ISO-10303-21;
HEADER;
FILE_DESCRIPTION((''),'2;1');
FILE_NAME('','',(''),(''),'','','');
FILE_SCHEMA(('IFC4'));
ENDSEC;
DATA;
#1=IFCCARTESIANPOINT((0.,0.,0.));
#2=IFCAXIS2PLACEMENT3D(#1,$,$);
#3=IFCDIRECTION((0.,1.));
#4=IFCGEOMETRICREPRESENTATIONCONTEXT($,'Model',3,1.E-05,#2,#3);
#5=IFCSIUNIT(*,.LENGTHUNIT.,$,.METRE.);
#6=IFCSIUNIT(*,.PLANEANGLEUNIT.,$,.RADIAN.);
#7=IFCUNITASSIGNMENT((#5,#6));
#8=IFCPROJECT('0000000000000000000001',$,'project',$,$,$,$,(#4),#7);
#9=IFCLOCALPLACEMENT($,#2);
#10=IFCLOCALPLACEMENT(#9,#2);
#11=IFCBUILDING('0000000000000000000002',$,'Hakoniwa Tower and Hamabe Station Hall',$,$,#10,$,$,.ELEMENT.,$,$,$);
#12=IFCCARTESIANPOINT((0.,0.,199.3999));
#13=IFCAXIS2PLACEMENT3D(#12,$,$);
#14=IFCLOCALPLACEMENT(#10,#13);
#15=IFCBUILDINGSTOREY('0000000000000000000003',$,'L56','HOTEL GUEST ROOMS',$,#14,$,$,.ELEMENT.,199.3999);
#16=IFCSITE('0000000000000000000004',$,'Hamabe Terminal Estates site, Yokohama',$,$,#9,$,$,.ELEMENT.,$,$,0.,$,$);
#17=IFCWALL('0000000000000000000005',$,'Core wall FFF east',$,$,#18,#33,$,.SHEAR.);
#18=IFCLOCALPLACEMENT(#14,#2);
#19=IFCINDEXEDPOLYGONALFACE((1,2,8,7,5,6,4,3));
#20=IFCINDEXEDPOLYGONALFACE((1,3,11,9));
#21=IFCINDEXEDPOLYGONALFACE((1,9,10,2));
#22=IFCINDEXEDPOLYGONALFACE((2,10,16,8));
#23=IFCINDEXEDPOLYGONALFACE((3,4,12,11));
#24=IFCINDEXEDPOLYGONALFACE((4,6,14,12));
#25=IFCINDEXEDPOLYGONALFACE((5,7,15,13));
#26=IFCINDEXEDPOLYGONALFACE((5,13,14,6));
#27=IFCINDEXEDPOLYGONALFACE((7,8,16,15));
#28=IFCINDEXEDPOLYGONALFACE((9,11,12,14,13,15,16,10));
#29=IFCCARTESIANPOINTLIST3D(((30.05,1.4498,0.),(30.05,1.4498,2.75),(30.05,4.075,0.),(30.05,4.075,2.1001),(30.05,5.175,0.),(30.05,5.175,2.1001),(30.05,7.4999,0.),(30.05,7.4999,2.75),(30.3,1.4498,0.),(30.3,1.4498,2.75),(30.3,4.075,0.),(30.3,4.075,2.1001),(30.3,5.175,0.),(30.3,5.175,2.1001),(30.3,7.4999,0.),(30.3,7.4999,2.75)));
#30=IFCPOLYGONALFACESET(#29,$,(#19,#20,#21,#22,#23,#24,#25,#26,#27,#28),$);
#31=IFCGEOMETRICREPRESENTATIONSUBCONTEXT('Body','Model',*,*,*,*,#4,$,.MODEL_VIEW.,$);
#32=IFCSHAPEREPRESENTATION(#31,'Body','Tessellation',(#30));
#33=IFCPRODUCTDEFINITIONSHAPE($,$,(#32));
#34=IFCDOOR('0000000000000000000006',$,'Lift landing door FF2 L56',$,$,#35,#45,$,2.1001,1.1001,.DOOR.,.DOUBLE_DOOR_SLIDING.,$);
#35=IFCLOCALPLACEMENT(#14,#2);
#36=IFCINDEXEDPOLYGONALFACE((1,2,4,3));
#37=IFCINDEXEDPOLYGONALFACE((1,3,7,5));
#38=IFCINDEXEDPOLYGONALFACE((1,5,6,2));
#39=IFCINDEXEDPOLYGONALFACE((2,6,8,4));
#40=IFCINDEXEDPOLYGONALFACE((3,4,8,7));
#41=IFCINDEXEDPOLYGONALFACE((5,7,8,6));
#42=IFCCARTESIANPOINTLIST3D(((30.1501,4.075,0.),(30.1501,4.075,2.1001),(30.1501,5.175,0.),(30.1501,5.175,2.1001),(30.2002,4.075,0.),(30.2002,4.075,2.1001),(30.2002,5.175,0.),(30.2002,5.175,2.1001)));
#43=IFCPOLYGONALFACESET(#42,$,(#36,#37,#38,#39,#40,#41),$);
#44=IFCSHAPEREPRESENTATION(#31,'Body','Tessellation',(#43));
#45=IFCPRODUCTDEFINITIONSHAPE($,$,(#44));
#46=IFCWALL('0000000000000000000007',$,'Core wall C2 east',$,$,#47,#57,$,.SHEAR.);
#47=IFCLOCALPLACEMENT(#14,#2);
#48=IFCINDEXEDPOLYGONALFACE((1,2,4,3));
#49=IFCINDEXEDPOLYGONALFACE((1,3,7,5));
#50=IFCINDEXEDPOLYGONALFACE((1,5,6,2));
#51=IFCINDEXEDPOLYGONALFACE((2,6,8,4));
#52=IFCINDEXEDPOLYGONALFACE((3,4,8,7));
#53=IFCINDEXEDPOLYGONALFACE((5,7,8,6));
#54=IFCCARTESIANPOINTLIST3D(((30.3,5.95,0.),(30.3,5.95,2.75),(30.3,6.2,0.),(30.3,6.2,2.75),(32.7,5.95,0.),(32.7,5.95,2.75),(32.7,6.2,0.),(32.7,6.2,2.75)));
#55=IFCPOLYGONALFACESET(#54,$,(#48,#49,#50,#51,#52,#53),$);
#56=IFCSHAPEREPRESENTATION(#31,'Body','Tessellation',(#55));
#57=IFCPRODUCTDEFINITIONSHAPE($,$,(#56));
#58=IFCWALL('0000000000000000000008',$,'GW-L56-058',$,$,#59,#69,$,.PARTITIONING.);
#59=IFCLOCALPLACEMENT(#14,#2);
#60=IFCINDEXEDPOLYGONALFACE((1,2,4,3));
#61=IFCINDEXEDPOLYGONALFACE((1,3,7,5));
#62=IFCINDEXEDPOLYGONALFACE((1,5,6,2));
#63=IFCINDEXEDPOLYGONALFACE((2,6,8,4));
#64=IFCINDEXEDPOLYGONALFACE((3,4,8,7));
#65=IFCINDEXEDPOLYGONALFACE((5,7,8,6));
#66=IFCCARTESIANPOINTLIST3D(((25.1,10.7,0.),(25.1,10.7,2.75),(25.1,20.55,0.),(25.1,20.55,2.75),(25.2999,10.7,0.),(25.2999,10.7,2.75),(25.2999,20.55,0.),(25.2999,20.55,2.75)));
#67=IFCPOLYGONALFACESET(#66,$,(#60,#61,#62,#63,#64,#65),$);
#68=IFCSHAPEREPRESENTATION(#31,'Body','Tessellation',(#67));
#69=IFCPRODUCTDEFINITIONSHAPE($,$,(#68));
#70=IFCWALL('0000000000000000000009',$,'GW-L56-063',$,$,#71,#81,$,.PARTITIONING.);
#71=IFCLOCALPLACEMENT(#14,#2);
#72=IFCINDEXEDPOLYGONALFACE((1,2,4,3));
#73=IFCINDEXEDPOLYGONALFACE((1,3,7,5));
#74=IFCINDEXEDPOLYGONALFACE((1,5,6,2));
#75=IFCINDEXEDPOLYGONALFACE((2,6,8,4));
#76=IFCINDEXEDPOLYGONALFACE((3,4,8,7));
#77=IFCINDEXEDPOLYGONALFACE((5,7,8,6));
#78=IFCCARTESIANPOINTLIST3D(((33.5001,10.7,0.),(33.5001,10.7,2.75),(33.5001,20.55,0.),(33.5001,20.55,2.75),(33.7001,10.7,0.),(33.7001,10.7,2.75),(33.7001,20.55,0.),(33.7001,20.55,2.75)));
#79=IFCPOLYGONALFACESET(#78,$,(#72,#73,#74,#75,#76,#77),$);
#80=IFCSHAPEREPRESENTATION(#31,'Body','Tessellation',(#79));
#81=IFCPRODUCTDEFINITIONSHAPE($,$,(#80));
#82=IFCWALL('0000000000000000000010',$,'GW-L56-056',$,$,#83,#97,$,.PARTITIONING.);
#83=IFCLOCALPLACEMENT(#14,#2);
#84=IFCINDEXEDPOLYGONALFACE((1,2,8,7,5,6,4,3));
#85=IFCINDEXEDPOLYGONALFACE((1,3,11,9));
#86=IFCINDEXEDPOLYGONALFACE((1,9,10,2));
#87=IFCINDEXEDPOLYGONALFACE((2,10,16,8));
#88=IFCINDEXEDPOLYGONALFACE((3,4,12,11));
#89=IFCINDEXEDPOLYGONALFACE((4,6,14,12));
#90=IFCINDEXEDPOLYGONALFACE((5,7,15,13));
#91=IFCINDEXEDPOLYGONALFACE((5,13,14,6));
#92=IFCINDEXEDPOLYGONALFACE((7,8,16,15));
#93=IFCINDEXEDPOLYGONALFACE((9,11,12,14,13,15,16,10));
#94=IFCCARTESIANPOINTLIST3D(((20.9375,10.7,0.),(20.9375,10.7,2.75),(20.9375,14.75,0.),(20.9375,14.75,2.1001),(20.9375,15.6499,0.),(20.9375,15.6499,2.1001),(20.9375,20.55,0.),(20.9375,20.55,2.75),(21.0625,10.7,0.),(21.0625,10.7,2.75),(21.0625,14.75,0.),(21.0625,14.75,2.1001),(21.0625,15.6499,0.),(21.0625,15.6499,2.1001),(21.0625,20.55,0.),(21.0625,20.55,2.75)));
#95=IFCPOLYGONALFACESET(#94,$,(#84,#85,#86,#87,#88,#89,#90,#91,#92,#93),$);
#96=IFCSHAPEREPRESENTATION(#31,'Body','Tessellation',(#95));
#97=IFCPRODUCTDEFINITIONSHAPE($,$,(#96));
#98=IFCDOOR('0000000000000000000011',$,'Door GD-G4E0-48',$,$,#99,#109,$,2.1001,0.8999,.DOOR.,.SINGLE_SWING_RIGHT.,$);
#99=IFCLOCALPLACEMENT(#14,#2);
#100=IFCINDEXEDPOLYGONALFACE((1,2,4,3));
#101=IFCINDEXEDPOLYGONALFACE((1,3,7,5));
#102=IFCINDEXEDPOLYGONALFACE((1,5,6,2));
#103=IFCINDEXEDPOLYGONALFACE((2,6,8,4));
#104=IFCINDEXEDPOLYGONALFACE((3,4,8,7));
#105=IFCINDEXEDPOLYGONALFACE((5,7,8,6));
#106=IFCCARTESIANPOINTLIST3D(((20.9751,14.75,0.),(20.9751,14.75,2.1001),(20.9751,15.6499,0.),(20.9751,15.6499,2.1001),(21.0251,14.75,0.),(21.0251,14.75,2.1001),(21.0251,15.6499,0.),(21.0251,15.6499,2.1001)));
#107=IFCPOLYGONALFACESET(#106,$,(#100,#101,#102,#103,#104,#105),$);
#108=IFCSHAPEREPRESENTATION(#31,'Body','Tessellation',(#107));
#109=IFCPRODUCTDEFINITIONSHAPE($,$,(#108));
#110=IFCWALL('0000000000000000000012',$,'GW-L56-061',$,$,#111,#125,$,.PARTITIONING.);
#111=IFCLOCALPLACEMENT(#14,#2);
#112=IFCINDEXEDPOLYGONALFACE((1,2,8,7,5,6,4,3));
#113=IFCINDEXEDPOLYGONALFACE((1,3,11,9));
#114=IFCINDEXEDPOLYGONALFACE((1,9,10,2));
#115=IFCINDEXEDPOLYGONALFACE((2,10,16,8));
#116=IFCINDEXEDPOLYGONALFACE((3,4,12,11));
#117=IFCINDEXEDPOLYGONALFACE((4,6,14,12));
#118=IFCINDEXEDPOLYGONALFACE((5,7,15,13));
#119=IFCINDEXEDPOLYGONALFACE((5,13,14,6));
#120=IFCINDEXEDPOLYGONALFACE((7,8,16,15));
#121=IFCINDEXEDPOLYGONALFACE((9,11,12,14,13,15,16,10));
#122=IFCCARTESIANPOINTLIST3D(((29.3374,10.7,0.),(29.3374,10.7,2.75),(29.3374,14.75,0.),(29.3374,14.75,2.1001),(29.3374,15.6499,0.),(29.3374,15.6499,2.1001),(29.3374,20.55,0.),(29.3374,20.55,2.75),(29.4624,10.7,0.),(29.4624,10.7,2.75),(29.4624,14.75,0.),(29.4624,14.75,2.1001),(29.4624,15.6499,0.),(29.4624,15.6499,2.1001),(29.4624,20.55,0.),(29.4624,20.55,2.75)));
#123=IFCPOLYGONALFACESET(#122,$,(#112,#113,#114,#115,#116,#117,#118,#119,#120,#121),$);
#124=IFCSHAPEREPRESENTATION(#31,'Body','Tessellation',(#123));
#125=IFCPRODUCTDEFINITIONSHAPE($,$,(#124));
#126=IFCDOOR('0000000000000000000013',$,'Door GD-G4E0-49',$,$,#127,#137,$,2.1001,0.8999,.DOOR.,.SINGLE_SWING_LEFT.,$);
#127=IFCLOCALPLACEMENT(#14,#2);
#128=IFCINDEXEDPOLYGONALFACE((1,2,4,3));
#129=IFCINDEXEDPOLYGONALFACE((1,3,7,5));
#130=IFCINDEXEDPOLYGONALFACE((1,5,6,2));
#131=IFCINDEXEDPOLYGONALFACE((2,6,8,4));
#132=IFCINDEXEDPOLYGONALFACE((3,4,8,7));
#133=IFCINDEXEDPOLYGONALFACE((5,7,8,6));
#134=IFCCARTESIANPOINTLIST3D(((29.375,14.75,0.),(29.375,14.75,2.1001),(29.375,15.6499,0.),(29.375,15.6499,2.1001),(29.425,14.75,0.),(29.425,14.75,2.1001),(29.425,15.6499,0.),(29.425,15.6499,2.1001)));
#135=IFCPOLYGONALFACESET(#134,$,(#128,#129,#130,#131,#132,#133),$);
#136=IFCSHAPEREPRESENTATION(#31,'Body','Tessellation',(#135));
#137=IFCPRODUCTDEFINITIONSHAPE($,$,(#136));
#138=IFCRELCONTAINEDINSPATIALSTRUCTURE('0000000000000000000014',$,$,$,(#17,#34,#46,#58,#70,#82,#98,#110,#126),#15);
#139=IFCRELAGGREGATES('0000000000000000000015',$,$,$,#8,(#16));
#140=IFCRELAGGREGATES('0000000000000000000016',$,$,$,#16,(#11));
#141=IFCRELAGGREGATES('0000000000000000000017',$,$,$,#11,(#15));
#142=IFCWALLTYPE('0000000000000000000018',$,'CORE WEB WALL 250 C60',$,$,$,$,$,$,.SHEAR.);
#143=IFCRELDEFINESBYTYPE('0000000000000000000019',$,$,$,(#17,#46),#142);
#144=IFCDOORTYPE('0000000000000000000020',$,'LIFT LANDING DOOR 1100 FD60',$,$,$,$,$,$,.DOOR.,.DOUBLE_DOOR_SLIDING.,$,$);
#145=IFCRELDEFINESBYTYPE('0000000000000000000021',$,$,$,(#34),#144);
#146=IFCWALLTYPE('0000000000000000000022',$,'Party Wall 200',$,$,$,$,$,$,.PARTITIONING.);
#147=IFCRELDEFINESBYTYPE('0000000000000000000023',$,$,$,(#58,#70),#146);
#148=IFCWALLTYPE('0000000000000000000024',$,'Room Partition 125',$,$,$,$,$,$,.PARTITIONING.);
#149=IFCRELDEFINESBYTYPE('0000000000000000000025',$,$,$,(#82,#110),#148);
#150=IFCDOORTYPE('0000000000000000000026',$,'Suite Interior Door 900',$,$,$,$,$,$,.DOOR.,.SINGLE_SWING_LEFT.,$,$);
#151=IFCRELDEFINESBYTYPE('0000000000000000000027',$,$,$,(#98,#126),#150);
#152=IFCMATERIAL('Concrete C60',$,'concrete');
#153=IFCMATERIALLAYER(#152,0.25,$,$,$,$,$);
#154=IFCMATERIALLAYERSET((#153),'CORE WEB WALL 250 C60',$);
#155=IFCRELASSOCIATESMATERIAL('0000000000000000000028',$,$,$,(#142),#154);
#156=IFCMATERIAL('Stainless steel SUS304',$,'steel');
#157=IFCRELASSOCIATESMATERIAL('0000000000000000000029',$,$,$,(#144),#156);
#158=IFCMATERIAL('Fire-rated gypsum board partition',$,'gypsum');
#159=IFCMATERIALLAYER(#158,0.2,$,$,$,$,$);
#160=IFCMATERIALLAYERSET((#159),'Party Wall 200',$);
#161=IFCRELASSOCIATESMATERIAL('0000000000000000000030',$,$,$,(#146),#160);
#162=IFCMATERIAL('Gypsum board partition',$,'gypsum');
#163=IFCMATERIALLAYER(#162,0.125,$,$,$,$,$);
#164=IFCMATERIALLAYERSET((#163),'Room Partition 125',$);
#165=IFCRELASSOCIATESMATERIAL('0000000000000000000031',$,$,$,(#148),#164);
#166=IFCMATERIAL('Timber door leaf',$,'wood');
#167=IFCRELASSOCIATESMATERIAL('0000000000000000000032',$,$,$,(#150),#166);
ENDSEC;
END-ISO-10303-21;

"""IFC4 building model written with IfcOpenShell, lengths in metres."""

from ifc_helpers import new_model, si_unit, direction, frame, frame_2d, origin, place, context, subcontext, project, spatial, rectangle, extrude, material, layer, layer_set, type_object, element, fill, save


model = new_model("IFC4")

# Units and contexts
model_context = context("Model", 3, precision=1e-05, world=origin(), true_north=direction((0.0, 1.0)))
body_context = subcontext(model_context, "Body", "Model", "MODEL_VIEW")
ifc_project = project(units=[si_unit("LENGTHUNIT", "METRE"), si_unit("PLANEANGLEUNIT", "RADIAN")], contexts=[model_context])

# Site, building, storey
site_placement = place(None, origin())
site = spatial("IfcSite", under=ifc_project, at=site_placement, Name="Hamabe Terminal Estates site, Yokohama", CompositionType="ELEMENT", RefElevation=0.0)
building_placement = place(site_placement, origin())
building = spatial("IfcBuilding", under=site, at=building_placement, Name="Hakoniwa Tower and Hamabe Station Hall", CompositionType="ELEMENT")
storey_placement = place(building_placement, frame((0.0, 0.0, 199.3999)))
storey = spatial("IfcBuildingStorey", under=building, at=storey_placement, Name="L56", Description="HOTEL GUEST ROOMS", CompositionType="ELEMENT", Elevation=199.3999)

# Shared definitions
ifc_material_1 = material(Name="Concrete C60", Category="concrete")
ifc_layer_1 = layer(ifc_material_1, 0.25)
ifc_layer_set_1 = layer_set([ifc_layer_1], Name="CORE WEB WALL 250 C60")
wall_type_1 = type_object("IfcWallType", Name="CORE WEB WALL 250 C60", PredefinedType="SHEAR", material=ifc_layer_set_1)

# Wall, opening, door
wall_1_placement = place(storey_placement, frame((30.175, 1.45, 0.0), z_axis=(0.0, 0.0, 1.0), x_axis=(0.0, 1.0, 0.0)))
wall_1 = element("IfcWall", 1, at=wall_1_placement, inside=storey, type_object=wall_type_1, Name="Core wall FFF east", PredefinedType="SHEAR", context=body_context, shape_type="SweptSolid", body=[
    extrude(rectangle(XDim=6.05, YDim=0.25, at=frame_2d((3.0249, 0.0))), origin(), (0.0, 0.0, 1.0), 2.75),
])
opening_1_placement = place(wall_1_placement, frame((2.625, 0.0, 0.0)))
opening_1 = element("IfcOpeningElement", 2, at=opening_1_placement, cuts=wall_1, PredefinedType="OPENING", context=body_context, shape_type="SweptSolid", body=[
    extrude(rectangle(XDim=1.1001, YDim=2.1001, at=frame_2d((0.55, 1.05))), frame((0.0, 0.135, 0.0), z_axis=(0.0, -1.0, 0.0), x_axis=(1.0, 0.0, 0.0)), (0.0, 0.0, 1.0), 0.27),
])
ifc_material_2 = material(Name="Stainless steel SUS304", Category="steel")
door_type_1 = type_object("IfcDoorType", Name="LIFT LANDING DOOR 1100 FD60", OperationType="DOUBLE_DOOR_SLIDING", PredefinedType="DOOR", material=ifc_material_2)
door_1_placement = place(opening_1_placement, origin())
door_1 = element("IfcDoor", 3, at=door_1_placement, inside=storey, type_object=door_type_1, Name="Lift landing door FF2 L56", OperationType="DOUBLE_DOOR_SLIDING", OverallHeight=2.1001, OverallWidth=1.1001, PredefinedType="DOOR", context=body_context, shape_type="SweptSolid", body=[
    extrude(rectangle(XDim=1.1001, YDim=2.1001, at=frame_2d((0.55, 1.05))), frame((0.0, 0.0249, 0.0), z_axis=(0.0, -1.0, 0.0), x_axis=(1.0, 0.0, 0.0)), (0.0, 0.0, 1.0), 0.05),
])
fill(opening_1, door_1)

# Walls
wall_2_placement = place(storey_placement, frame((30.3, 6.075, 0.0), z_axis=(0.0, 0.0, 1.0), x_axis=(1.0, 0.0, 0.0)))
element("IfcWall", 4, at=wall_2_placement, inside=storey, type_object=wall_type_1, Name="Core wall C2 east", PredefinedType="SHEAR", context=body_context, shape_type="SweptSolid", body=[
    extrude(rectangle(XDim=2.3999, YDim=0.25, at=frame_2d((1.2, 0.0))), origin(), (0.0, 0.0, 1.0), 2.75),
])
ifc_material_3 = material(Name="Fire-rated gypsum board partition", Category="gypsum")
ifc_layer_2 = layer(ifc_material_3, 0.2)
ifc_layer_set_2 = layer_set([ifc_layer_2], Name="Party Wall 200")
wall_type_2 = type_object("IfcWallType", Name="Party Wall 200", PredefinedType="PARTITIONING", material=ifc_layer_set_2)
for number, where, z_axis, x_axis, name in (
    (5, (25.2, 10.7, 0.0), (0.0, 0.0, 1.0), (0.0, 1.0, 0.0), "GW-L56-058"),
    (6, (33.6001, 10.7, 0.0), (0.0, 0.0, 1.0), (0.0, 1.0, 0.0), "GW-L56-063"),
):
    element("IfcWall", number, at=place(storey_placement, frame(where, z_axis=z_axis, x_axis=x_axis)), inside=storey, type_object=wall_type_2, Name=name, PredefinedType="PARTITIONING", context=body_context, shape_type="SweptSolid", body=[
        extrude(rectangle(XDim=9.8501, YDim=0.2, at=frame_2d((4.925, 0.0))), origin(), (0.0, 0.0, 1.0), 2.75),
    ])

# Walls, openings, doors
ifc_material_4 = material(Name="Gypsum board partition", Category="gypsum")
ifc_layer_3 = layer(ifc_material_4, 0.125)
ifc_layer_set_3 = layer_set([ifc_layer_3], Name="Room Partition 125")
wall_type_3 = type_object("IfcWallType", Name="Room Partition 125", PredefinedType="PARTITIONING", material=ifc_layer_set_3)
wall_3_placement = place(storey_placement, frame((21.0, 10.7, 0.0), z_axis=(0.0, 0.0, 1.0), x_axis=(0.0, 1.0, 0.0)))
wall_3 = element("IfcWall", 7, at=wall_3_placement, inside=storey, type_object=wall_type_3, Name="GW-L56-056", PredefinedType="PARTITIONING", context=body_context, shape_type="SweptSolid", body=[
    extrude(rectangle(XDim=9.8501, YDim=0.125, at=frame_2d((4.925, 0.0))), origin(), (0.0, 0.0, 1.0), 2.75),
])
opening_2_placement = place(wall_3_placement, frame((4.05, 0.0, 0.0)))
opening_2 = element("IfcOpeningElement", 8, at=opening_2_placement, cuts=wall_3, PredefinedType="OPENING", context=body_context, shape_type="SweptSolid", body=[
    extrude(rectangle(XDim=0.8999, YDim=2.1001, at=frame_2d((0.45, 1.05))), frame((0.0, 0.0725, 0.0), z_axis=(0.0, -1.0, 0.0), x_axis=(1.0, 0.0, 0.0)), (0.0, 0.0, 1.0), 0.145),
])
ifc_material_5 = material(Name="Timber door leaf", Category="wood")
door_type_2 = type_object("IfcDoorType", Name="Suite Interior Door 900", OperationType="SINGLE_SWING_LEFT", PredefinedType="DOOR", material=ifc_material_5)
door_2_placement = place(opening_2_placement, origin())
door_2 = element("IfcDoor", 9, at=door_2_placement, inside=storey, type_object=door_type_2, Name="Door GD-G4E0-48", OperationType="SINGLE_SWING_RIGHT", OverallHeight=2.1001, OverallWidth=0.8999, PredefinedType="DOOR", context=body_context, shape_type="SweptSolid", body=[
    extrude(rectangle(XDim=0.8999, YDim=2.1001, at=frame_2d((0.45, 1.05))), frame((0.0, 0.0249, 0.0), z_axis=(0.0, -1.0, 0.0), x_axis=(1.0, 0.0, 0.0)), (0.0, 0.0, 1.0), 0.05),
])
fill(opening_2, door_2)
wall_4_placement = place(storey_placement, frame((29.3999, 10.7, 0.0), z_axis=(0.0, 0.0, 1.0), x_axis=(0.0, 1.0, 0.0)))
wall_4 = element("IfcWall", 10, at=wall_4_placement, inside=storey, type_object=wall_type_3, Name="GW-L56-061", PredefinedType="PARTITIONING", context=body_context, shape_type="SweptSolid", body=[
    extrude(rectangle(XDim=9.8501, YDim=0.125, at=frame_2d((4.925, 0.0))), origin(), (0.0, 0.0, 1.0), 2.75),
])
opening_3_placement = place(wall_4_placement, frame((4.05, 0.0, 0.0)))
opening_3 = element("IfcOpeningElement", 11, at=opening_3_placement, cuts=wall_4, PredefinedType="OPENING", context=body_context, shape_type="SweptSolid", body=[
    extrude(rectangle(XDim=0.8999, YDim=2.1001, at=frame_2d((0.45, 1.05))), frame((0.0, 0.0725, 0.0), z_axis=(0.0, -1.0, 0.0), x_axis=(1.0, 0.0, 0.0)), (0.0, 0.0, 1.0), 0.145),
])
door_3_placement = place(opening_3_placement, origin())
door_3 = element("IfcDoor", 12, at=door_3_placement, inside=storey, type_object=door_type_2, Name="Door GD-G4E0-49", OperationType="SINGLE_SWING_LEFT", OverallHeight=2.1001, OverallWidth=0.8999, PredefinedType="DOOR", context=body_context, shape_type="SweptSolid", body=[
    extrude(rectangle(XDim=0.8999, YDim=2.1001, at=frame_2d((0.45, 1.05))), frame((0.0, 0.0249, 0.0), z_axis=(0.0, -1.0, 0.0), x_axis=(1.0, 0.0, 0.0)), (0.0, 0.0, 1.0), 0.05),
])
fill(opening_3, door_3)

save(model, "model.ifc")
